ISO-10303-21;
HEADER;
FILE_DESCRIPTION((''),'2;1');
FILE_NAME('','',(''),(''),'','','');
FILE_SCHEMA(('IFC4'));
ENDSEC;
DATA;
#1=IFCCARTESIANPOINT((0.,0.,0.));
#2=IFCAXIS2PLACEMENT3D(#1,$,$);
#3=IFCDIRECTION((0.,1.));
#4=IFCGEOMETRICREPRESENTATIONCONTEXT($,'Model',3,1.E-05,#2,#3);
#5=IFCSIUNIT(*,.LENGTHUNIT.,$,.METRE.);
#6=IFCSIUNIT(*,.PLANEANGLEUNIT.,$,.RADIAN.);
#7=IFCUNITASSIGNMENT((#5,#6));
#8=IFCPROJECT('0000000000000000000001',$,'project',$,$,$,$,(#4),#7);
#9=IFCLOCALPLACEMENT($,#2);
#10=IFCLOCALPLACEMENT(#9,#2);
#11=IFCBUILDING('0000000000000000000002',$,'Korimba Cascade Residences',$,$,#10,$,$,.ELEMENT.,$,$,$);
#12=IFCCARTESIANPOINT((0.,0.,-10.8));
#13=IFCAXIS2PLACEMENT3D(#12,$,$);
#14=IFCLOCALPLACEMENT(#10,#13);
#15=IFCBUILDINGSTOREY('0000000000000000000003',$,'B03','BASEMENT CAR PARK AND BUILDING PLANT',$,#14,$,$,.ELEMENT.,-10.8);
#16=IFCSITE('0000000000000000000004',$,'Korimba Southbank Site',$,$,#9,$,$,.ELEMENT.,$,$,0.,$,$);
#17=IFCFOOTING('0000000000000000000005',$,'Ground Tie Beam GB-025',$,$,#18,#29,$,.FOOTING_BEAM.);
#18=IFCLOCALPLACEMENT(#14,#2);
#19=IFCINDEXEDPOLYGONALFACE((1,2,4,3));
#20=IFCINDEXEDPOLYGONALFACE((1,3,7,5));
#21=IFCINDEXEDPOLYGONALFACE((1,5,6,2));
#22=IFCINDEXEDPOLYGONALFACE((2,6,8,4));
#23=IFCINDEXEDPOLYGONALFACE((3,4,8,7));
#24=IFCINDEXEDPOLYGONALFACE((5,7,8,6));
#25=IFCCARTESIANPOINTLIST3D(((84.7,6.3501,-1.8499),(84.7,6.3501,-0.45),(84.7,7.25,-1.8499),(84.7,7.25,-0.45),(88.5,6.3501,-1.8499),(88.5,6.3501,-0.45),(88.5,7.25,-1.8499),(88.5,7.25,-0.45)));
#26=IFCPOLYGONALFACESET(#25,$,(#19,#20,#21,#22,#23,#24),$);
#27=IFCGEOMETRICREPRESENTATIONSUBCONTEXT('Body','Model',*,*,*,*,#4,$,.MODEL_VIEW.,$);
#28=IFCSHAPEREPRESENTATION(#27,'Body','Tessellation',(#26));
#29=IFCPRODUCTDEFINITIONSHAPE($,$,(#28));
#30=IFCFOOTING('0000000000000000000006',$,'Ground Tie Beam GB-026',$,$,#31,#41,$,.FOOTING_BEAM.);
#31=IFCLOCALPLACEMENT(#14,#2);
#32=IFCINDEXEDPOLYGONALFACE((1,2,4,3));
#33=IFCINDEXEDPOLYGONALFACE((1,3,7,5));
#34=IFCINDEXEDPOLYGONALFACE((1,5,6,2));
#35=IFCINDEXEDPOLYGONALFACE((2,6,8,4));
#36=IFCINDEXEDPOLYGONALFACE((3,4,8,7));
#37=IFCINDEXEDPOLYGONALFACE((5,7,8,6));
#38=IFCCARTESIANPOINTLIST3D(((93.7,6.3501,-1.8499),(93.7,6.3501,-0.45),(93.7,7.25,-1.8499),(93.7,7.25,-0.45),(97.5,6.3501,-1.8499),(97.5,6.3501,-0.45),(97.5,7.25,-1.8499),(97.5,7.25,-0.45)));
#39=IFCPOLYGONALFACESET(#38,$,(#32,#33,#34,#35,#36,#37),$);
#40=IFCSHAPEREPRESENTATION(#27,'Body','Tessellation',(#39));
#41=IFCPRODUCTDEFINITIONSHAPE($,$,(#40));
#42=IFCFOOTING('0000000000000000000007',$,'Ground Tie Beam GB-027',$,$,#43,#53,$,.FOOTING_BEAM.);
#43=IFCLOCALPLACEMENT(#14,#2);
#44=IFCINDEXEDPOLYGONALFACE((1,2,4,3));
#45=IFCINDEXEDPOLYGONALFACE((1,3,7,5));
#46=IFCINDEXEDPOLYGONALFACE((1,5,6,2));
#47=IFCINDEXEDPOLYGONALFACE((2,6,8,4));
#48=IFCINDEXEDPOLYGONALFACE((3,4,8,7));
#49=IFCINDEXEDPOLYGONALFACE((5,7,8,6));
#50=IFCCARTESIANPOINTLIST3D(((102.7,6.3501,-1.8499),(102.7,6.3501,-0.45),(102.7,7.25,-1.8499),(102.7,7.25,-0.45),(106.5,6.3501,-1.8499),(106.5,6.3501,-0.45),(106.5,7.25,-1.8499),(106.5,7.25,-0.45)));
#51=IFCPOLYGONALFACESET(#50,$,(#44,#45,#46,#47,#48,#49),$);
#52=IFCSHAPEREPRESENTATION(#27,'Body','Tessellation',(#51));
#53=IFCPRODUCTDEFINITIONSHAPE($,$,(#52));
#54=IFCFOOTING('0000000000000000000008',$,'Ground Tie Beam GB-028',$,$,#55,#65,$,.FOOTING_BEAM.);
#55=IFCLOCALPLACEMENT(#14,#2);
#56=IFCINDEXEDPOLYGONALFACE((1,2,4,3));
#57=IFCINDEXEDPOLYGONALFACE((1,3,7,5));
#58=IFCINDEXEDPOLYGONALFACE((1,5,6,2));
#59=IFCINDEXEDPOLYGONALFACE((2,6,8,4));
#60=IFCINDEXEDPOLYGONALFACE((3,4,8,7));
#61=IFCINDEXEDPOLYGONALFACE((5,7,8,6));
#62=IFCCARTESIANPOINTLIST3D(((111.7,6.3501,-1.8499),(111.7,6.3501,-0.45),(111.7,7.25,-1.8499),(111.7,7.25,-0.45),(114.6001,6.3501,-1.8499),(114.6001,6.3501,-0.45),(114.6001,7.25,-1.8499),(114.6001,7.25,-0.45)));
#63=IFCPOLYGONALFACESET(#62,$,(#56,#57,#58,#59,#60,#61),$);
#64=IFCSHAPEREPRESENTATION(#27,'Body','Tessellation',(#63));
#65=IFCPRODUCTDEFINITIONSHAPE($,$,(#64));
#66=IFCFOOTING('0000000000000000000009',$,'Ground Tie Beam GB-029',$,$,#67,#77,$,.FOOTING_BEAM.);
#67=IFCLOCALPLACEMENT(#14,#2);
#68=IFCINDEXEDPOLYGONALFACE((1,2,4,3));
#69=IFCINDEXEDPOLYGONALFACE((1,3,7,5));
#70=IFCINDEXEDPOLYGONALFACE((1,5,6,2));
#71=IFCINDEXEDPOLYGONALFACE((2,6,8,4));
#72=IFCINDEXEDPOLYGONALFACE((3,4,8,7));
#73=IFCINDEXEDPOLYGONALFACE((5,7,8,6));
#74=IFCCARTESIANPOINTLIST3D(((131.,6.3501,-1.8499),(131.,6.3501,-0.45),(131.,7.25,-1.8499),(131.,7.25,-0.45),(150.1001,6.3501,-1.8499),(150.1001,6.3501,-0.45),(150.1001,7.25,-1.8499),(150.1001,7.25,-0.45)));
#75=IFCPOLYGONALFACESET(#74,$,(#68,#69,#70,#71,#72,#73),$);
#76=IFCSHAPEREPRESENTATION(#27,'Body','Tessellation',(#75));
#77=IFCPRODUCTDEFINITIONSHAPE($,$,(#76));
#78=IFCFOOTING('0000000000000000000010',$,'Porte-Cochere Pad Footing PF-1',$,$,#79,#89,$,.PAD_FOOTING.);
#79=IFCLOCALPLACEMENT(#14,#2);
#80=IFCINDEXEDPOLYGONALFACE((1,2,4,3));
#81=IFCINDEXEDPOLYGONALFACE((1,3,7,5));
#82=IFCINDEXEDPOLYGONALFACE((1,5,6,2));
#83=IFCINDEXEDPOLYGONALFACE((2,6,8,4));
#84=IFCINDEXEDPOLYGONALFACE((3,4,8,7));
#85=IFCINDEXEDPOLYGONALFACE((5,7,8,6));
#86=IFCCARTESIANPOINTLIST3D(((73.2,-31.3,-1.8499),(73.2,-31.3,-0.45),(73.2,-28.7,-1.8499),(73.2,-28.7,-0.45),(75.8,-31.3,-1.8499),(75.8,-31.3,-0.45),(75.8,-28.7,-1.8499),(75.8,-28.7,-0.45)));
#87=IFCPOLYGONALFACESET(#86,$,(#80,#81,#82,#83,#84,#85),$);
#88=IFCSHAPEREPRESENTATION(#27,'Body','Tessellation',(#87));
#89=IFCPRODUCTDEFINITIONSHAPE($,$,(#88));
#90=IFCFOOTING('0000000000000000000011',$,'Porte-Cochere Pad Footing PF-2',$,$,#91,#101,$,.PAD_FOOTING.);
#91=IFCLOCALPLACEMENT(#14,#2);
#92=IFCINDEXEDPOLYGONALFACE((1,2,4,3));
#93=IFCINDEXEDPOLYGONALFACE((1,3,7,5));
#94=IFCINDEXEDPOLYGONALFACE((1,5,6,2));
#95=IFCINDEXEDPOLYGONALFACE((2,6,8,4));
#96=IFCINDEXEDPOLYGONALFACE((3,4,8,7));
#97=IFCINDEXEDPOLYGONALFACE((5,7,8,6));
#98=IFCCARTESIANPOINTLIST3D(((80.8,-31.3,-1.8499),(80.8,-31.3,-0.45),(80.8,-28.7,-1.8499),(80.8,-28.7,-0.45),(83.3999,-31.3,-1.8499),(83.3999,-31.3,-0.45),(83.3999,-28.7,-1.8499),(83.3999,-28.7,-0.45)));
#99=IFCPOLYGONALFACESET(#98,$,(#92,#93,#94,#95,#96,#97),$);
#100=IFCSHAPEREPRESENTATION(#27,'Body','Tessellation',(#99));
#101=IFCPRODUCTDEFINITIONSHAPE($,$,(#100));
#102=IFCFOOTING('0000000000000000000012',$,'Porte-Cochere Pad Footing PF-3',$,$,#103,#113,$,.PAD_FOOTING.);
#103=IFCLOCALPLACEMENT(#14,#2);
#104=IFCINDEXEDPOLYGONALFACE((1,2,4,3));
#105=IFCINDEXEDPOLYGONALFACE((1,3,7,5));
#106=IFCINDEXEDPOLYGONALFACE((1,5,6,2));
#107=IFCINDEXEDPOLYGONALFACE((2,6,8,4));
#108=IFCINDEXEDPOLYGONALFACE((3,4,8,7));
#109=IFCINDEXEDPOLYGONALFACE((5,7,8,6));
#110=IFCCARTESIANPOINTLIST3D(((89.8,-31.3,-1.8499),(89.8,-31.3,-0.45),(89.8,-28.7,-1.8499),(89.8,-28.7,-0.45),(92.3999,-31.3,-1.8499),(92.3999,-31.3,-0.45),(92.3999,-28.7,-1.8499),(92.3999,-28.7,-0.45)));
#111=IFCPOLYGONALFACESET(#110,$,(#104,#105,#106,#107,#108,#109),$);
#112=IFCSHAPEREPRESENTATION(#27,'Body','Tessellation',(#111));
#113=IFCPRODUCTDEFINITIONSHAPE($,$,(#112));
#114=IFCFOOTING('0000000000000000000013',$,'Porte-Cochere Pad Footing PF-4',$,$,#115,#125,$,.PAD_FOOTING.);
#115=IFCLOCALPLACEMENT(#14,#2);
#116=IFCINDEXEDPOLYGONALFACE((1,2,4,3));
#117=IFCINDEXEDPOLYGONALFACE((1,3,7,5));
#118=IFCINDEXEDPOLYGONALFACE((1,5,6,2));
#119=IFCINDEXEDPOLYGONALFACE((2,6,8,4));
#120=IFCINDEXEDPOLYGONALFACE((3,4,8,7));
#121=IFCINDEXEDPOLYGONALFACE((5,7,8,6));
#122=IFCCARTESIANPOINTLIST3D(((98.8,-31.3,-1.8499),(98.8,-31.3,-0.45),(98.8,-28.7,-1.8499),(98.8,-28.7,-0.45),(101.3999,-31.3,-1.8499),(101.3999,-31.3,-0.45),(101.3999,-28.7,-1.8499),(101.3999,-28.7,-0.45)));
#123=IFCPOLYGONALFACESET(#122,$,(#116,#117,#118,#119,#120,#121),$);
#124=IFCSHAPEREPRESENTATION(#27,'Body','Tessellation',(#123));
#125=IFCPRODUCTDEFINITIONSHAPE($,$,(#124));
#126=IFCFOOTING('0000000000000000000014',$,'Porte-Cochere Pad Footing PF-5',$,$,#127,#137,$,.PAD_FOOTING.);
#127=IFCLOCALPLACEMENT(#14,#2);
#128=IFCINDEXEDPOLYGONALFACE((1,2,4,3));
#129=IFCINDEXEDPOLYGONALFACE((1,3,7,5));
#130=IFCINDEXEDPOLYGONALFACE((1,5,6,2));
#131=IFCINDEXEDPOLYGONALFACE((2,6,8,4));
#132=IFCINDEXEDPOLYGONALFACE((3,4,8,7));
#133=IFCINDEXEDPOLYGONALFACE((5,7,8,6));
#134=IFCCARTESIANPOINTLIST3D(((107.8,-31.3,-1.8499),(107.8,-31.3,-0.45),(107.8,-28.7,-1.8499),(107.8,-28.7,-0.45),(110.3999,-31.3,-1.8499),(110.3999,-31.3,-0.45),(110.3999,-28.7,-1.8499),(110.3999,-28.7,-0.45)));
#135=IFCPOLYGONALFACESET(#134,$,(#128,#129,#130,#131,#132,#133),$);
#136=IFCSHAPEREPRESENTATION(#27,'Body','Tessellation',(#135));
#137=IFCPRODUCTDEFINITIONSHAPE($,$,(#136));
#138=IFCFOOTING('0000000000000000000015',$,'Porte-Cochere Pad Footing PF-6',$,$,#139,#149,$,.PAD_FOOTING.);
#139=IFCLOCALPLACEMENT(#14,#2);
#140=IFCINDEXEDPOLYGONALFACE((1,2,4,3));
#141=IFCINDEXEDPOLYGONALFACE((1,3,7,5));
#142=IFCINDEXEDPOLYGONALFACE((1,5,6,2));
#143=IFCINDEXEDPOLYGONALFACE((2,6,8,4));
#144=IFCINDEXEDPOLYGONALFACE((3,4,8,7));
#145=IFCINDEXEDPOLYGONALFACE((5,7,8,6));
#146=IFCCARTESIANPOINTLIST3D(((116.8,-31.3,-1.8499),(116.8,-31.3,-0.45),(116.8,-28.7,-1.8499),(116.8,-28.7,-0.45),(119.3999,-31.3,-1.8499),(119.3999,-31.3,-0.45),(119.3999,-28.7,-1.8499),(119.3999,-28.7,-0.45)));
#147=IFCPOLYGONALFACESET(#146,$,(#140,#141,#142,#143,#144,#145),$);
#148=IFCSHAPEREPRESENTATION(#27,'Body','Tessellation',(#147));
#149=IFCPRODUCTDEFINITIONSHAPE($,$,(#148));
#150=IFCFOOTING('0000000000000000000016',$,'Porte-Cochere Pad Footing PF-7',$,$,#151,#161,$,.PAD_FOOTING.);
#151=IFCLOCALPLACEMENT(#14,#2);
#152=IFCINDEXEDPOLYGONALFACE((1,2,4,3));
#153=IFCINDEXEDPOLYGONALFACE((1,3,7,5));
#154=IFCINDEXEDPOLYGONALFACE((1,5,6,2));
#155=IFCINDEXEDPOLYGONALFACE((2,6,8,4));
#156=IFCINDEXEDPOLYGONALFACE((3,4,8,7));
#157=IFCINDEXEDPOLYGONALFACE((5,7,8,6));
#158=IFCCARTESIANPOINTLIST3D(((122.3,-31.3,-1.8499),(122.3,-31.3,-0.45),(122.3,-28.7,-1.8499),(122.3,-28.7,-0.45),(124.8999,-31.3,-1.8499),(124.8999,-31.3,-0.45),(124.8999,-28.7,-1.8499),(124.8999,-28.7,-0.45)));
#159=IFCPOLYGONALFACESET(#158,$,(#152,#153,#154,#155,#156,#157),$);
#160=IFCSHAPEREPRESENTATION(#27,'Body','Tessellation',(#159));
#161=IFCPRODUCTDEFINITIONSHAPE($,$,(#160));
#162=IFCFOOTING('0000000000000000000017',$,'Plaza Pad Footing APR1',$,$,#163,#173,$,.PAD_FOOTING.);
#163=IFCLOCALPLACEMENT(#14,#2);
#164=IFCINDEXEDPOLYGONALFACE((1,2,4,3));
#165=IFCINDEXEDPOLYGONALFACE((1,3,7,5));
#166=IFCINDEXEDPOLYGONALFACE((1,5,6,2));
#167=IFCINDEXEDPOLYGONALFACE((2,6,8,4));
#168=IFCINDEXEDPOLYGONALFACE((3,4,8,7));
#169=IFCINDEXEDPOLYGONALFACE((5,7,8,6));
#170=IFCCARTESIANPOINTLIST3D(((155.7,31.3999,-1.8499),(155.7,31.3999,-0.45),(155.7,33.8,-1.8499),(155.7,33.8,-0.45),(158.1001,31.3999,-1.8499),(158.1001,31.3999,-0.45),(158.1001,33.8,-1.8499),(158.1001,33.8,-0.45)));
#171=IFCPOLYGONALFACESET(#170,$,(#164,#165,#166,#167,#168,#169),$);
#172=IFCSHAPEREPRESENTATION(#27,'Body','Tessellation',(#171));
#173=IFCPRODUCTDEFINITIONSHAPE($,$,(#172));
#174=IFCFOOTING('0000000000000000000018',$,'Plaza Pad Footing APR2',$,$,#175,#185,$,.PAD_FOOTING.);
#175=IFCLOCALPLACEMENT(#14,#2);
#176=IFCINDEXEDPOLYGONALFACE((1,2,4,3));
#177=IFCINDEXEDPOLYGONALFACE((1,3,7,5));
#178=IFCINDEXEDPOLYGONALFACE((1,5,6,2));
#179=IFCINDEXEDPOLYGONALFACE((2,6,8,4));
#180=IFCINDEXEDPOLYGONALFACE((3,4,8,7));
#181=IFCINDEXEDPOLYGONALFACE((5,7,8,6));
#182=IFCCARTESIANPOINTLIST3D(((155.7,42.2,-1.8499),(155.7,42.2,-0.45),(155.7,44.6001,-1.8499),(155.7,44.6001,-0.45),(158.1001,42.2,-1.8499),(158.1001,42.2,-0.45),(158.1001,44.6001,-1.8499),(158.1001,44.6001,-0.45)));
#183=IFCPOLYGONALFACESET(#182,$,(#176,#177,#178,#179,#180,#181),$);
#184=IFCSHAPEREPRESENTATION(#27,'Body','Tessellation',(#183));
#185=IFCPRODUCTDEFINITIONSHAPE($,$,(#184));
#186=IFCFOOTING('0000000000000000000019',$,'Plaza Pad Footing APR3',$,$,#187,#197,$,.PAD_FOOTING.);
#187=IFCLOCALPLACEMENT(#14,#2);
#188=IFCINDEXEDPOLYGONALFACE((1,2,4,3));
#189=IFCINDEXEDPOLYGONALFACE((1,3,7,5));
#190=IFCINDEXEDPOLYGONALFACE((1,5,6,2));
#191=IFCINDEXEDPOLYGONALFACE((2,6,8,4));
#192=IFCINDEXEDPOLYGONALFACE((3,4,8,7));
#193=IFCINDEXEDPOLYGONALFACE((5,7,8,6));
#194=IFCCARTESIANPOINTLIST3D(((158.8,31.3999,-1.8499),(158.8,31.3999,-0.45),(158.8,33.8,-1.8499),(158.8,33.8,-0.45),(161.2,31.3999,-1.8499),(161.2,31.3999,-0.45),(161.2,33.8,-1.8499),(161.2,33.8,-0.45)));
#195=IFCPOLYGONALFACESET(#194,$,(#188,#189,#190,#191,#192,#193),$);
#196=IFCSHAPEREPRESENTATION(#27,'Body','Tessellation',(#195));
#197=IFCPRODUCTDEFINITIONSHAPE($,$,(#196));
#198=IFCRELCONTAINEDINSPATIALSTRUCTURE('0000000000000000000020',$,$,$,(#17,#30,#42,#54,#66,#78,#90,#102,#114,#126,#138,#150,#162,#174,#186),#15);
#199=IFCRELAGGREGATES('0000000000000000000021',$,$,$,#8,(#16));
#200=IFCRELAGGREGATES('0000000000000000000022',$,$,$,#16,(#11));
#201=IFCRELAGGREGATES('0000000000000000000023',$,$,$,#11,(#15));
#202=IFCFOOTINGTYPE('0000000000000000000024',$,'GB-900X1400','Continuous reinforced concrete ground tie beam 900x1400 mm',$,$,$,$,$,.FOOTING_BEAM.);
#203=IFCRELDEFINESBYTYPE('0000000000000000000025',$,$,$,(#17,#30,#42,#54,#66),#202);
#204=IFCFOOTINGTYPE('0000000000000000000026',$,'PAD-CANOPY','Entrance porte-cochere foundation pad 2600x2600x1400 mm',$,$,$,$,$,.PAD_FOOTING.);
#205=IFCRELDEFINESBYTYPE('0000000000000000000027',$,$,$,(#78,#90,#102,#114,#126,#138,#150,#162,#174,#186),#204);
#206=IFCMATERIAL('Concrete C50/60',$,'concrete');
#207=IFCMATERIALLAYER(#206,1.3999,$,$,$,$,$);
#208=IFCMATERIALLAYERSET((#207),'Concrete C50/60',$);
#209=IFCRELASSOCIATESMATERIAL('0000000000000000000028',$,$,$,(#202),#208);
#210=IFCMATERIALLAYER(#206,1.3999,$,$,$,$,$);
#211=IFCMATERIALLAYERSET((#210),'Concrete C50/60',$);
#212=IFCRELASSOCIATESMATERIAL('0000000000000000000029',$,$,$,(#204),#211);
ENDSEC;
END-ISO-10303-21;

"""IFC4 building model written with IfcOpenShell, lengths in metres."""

from ifc_helpers import new_model, si_unit, direction, frame, origin, place, context, subcontext, project, spatial, polyline, outline, extrude, material, layer, layer_set, type_object, element, save


model = new_model("IFC4")

# Units and contexts
model_context = context("Model", 3, precision=1e-05, world=origin(), true_north=direction((0.0, 1.0)))
body_context = subcontext(model_context, "Body", "Model", "MODEL_VIEW")
ifc_project = project(units=[si_unit("LENGTHUNIT", "METRE"), si_unit("PLANEANGLEUNIT", "RADIAN")], contexts=[model_context])

# Site, building, storey
site_placement = place(None, origin())
site = spatial("IfcSite", under=ifc_project, at=site_placement, Name="Korimba Southbank Site", CompositionType="ELEMENT", RefElevation=0.0)
building_placement = place(site_placement, origin())
building = spatial("IfcBuilding", under=site, at=building_placement, Name="Korimba Cascade Residences", CompositionType="ELEMENT")
storey_placement = place(building_placement, frame((0.0, 0.0, -10.8)))
storey = spatial("IfcBuildingStorey", under=building, at=storey_placement, Name="B03", Description="BASEMENT CAR PARK AND BUILDING PLANT", CompositionType="ELEMENT", Elevation=-10.8)

# Footings
ifc_material = material(Name="Concrete C50/60", Category="concrete")
ifc_layer_1 = layer(ifc_material, 1.3999)
ifc_layer_set_1 = layer_set([ifc_layer_1], Name="Concrete C50/60")
footing_type_1 = type_object("IfcFootingType", Name="GB-900X1400", Description="Continuous reinforced concrete ground tie beam 900x1400 mm", PredefinedType="FOOTING_BEAM", material=ifc_layer_set_1)
footing_1_placement = place(storey_placement, frame((0.0, 0.0, -1.8499)))
element("IfcFooting", 1, at=footing_1_placement, inside=storey, type_object=footing_type_1, Name="Ground Tie Beam GB-025", PredefinedType="FOOTING_BEAM", context=body_context, shape_type="SweptSolid", body=[
    extrude(outline(polyline([(84.7, 6.3501), (88.5, 6.3501), (88.5, 7.25), (84.7, 7.25), (84.7, 6.3501)])), origin(), (0.0, 0.0, 1.0), 1.3999),
])
footing_2_placement = place(storey_placement, frame((0.0, 0.0, -1.8499)))
element("IfcFooting", 2, at=footing_2_placement, inside=storey, type_object=footing_type_1, Name="Ground Tie Beam GB-026", PredefinedType="FOOTING_BEAM", context=body_context, shape_type="SweptSolid", body=[
    extrude(outline(polyline([(93.7, 6.3501), (97.5, 6.3501), (97.5, 7.25), (93.7, 7.25), (93.7, 6.3501)])), origin(), (0.0, 0.0, 1.0), 1.3999),
])
footing_3_placement = place(storey_placement, frame((0.0, 0.0, -1.8499)))
element("IfcFooting", 3, at=footing_3_placement, inside=storey, type_object=footing_type_1, Name="Ground Tie Beam GB-027", PredefinedType="FOOTING_BEAM", context=body_context, shape_type="SweptSolid", body=[
    extrude(outline(polyline([(102.7, 6.3501), (106.5, 6.3501), (106.5, 7.25), (102.7, 7.25), (102.7, 6.3501)])), origin(), (0.0, 0.0, 1.0), 1.3999),
])
footing_4_placement = place(storey_placement, frame((0.0, 0.0, -1.8499)))
element("IfcFooting", 4, at=footing_4_placement, inside=storey, type_object=footing_type_1, Name="Ground Tie Beam GB-028", PredefinedType="FOOTING_BEAM", context=body_context, shape_type="SweptSolid", body=[
    extrude(outline(polyline([(111.7, 6.3501), (114.6001, 6.3501), (114.6001, 7.25), (111.7, 7.25), (111.7, 6.3501)])), origin(), (0.0, 0.0, 1.0), 1.3999),
])
footing_5_placement = place(storey_placement, frame((0.0, 0.0, -1.8499)))
element("IfcFooting", 5, at=footing_5_placement, inside=storey, type_object=footing_type_1, Name="Ground Tie Beam GB-029", PredefinedType="FOOTING_BEAM", context=body_context, shape_type="SweptSolid", body=[
    extrude(outline(polyline([(131.0, 6.3501), (150.1001, 6.3501), (150.1001, 7.25), (131.0, 7.25), (131.0, 6.3501)])), origin(), (0.0, 0.0, 1.0), 1.3999),
])
ifc_layer_2 = layer(ifc_material, 1.3999)
ifc_layer_set_2 = layer_set([ifc_layer_2], Name="Concrete C50/60")
footing_type_2 = type_object("IfcFootingType", Name="PAD-CANOPY", Description="Entrance porte-cochere foundation pad 2600x2600x1400 mm", PredefinedType="PAD_FOOTING", material=ifc_layer_set_2)
footing_6_placement = place(storey_placement, frame((0.0, 0.0, -1.8499)))
element("IfcFooting", 6, at=footing_6_placement, inside=storey, type_object=footing_type_2, Name="Porte-Cochere Pad Footing PF-1", PredefinedType="PAD_FOOTING", context=body_context, shape_type="SweptSolid", body=[
    extrude(outline(polyline([(73.2, -31.3), (75.8, -31.3), (75.8, -28.7), (73.2, -28.7), (73.2, -31.3)])), origin(), (0.0, 0.0, 1.0), 1.3999),
])
footing_7_placement = place(storey_placement, frame((0.0, 0.0, -1.8499)))
element("IfcFooting", 7, at=footing_7_placement, inside=storey, type_object=footing_type_2, Name="Porte-Cochere Pad Footing PF-2", PredefinedType="PAD_FOOTING", context=body_context, shape_type="SweptSolid", body=[
    extrude(outline(polyline([(80.8, -31.3), (83.3999, -31.3), (83.3999, -28.7), (80.8, -28.7), (80.8, -31.3)])), origin(), (0.0, 0.0, 1.0), 1.3999),
])
footing_8_placement = place(storey_placement, frame((0.0, 0.0, -1.8499)))
element("IfcFooting", 8, at=footing_8_placement, inside=storey, type_object=footing_type_2, Name="Porte-Cochere Pad Footing PF-3", PredefinedType="PAD_FOOTING", context=body_context, shape_type="SweptSolid", body=[
    extrude(outline(polyline([(89.8, -31.3), (92.3999, -31.3), (92.3999, -28.7), (89.8, -28.7), (89.8, -31.3)])), origin(), (0.0, 0.0, 1.0), 1.3999),
])
footing_9_placement = place(storey_placement, frame((0.0, 0.0, -1.8499)))
element("IfcFooting", 9, at=footing_9_placement, inside=storey, type_object=footing_type_2, Name="Porte-Cochere Pad Footing PF-4", PredefinedType="PAD_FOOTING", context=body_context, shape_type="SweptSolid", body=[
    extrude(outline(polyline([(98.8, -31.3), (101.3999, -31.3), (101.3999, -28.7), (98.8, -28.7), (98.8, -31.3)])), origin(), (0.0, 0.0, 1.0), 1.3999),
])
footing_10_placement = place(storey_placement, frame((0.0, 0.0, -1.8499)))
element("IfcFooting", 10, at=footing_10_placement, inside=storey, type_object=footing_type_2, Name="Porte-Cochere Pad Footing PF-5", PredefinedType="PAD_FOOTING", context=body_context, shape_type="SweptSolid", body=[
    extrude(outline(polyline([(107.8, -31.3), (110.3999, -31.3), (110.3999, -28.7), (107.8, -28.7), (107.8, -31.3)])), origin(), (0.0, 0.0, 1.0), 1.3999),
])
footing_11_placement = place(storey_placement, frame((0.0, 0.0, -1.8499)))
element("IfcFooting", 11, at=footing_11_placement, inside=storey, type_object=footing_type_2, Name="Porte-Cochere Pad Footing PF-6", PredefinedType="PAD_FOOTING", context=body_context, shape_type="SweptSolid", body=[
    extrude(outline(polyline([(116.8, -31.3), (119.3999, -31.3), (119.3999, -28.7), (116.8, -28.7), (116.8, -31.3)])), origin(), (0.0, 0.0, 1.0), 1.3999),
])
footing_12_placement = place(storey_placement, frame((0.0, 0.0, -1.8499)))
element("IfcFooting", 12, at=footing_12_placement, inside=storey, type_object=footing_type_2, Name="Porte-Cochere Pad Footing PF-7", PredefinedType="PAD_FOOTING", context=body_context, shape_type="SweptSolid", body=[
    extrude(outline(polyline([(122.3, -31.3), (124.8999, -31.3), (124.8999, -28.7), (122.3, -28.7), (122.3, -31.3)])), origin(), (0.0, 0.0, 1.0), 1.3999),
])
footing_13_placement = place(storey_placement, frame((0.0, 0.0, -1.8499)))
element("IfcFooting", 13, at=footing_13_placement, inside=storey, type_object=footing_type_2, Name="Plaza Pad Footing APR1", PredefinedType="PAD_FOOTING", context=body_context, shape_type="SweptSolid", body=[
    extrude(outline(polyline([(155.7, 31.3999), (158.1001, 31.3999), (158.1001, 33.8), (155.7, 33.8), (155.7, 31.3999)])), origin(), (0.0, 0.0, 1.0), 1.3999),
])
footing_14_placement = place(storey_placement, frame((0.0, 0.0, -1.8499)))
element("IfcFooting", 14, at=footing_14_placement, inside=storey, type_object=footing_type_2, Name="Plaza Pad Footing APR2", PredefinedType="PAD_FOOTING", context=body_context, shape_type="SweptSolid", body=[
    extrude(outline(polyline([(155.7, 42.2), (158.1001, 42.2), (158.1001, 44.6001), (155.7, 44.6001), (155.7, 42.2)])), origin(), (0.0, 0.0, 1.0), 1.3999),
])
footing_15_placement = place(storey_placement, frame((0.0, 0.0, -1.8499)))
element("IfcFooting", 15, at=footing_15_placement, inside=storey, type_object=footing_type_2, Name="Plaza Pad Footing APR3", PredefinedType="PAD_FOOTING", context=body_context, shape_type="SweptSolid", body=[
    extrude(outline(polyline([(158.8, 31.3999), (161.2, 31.3999), (161.2, 33.8), (158.8, 33.8), (158.8, 31.3999)])), origin(), (0.0, 0.0, 1.0), 1.3999),
])

save(model, "model.ifc")
